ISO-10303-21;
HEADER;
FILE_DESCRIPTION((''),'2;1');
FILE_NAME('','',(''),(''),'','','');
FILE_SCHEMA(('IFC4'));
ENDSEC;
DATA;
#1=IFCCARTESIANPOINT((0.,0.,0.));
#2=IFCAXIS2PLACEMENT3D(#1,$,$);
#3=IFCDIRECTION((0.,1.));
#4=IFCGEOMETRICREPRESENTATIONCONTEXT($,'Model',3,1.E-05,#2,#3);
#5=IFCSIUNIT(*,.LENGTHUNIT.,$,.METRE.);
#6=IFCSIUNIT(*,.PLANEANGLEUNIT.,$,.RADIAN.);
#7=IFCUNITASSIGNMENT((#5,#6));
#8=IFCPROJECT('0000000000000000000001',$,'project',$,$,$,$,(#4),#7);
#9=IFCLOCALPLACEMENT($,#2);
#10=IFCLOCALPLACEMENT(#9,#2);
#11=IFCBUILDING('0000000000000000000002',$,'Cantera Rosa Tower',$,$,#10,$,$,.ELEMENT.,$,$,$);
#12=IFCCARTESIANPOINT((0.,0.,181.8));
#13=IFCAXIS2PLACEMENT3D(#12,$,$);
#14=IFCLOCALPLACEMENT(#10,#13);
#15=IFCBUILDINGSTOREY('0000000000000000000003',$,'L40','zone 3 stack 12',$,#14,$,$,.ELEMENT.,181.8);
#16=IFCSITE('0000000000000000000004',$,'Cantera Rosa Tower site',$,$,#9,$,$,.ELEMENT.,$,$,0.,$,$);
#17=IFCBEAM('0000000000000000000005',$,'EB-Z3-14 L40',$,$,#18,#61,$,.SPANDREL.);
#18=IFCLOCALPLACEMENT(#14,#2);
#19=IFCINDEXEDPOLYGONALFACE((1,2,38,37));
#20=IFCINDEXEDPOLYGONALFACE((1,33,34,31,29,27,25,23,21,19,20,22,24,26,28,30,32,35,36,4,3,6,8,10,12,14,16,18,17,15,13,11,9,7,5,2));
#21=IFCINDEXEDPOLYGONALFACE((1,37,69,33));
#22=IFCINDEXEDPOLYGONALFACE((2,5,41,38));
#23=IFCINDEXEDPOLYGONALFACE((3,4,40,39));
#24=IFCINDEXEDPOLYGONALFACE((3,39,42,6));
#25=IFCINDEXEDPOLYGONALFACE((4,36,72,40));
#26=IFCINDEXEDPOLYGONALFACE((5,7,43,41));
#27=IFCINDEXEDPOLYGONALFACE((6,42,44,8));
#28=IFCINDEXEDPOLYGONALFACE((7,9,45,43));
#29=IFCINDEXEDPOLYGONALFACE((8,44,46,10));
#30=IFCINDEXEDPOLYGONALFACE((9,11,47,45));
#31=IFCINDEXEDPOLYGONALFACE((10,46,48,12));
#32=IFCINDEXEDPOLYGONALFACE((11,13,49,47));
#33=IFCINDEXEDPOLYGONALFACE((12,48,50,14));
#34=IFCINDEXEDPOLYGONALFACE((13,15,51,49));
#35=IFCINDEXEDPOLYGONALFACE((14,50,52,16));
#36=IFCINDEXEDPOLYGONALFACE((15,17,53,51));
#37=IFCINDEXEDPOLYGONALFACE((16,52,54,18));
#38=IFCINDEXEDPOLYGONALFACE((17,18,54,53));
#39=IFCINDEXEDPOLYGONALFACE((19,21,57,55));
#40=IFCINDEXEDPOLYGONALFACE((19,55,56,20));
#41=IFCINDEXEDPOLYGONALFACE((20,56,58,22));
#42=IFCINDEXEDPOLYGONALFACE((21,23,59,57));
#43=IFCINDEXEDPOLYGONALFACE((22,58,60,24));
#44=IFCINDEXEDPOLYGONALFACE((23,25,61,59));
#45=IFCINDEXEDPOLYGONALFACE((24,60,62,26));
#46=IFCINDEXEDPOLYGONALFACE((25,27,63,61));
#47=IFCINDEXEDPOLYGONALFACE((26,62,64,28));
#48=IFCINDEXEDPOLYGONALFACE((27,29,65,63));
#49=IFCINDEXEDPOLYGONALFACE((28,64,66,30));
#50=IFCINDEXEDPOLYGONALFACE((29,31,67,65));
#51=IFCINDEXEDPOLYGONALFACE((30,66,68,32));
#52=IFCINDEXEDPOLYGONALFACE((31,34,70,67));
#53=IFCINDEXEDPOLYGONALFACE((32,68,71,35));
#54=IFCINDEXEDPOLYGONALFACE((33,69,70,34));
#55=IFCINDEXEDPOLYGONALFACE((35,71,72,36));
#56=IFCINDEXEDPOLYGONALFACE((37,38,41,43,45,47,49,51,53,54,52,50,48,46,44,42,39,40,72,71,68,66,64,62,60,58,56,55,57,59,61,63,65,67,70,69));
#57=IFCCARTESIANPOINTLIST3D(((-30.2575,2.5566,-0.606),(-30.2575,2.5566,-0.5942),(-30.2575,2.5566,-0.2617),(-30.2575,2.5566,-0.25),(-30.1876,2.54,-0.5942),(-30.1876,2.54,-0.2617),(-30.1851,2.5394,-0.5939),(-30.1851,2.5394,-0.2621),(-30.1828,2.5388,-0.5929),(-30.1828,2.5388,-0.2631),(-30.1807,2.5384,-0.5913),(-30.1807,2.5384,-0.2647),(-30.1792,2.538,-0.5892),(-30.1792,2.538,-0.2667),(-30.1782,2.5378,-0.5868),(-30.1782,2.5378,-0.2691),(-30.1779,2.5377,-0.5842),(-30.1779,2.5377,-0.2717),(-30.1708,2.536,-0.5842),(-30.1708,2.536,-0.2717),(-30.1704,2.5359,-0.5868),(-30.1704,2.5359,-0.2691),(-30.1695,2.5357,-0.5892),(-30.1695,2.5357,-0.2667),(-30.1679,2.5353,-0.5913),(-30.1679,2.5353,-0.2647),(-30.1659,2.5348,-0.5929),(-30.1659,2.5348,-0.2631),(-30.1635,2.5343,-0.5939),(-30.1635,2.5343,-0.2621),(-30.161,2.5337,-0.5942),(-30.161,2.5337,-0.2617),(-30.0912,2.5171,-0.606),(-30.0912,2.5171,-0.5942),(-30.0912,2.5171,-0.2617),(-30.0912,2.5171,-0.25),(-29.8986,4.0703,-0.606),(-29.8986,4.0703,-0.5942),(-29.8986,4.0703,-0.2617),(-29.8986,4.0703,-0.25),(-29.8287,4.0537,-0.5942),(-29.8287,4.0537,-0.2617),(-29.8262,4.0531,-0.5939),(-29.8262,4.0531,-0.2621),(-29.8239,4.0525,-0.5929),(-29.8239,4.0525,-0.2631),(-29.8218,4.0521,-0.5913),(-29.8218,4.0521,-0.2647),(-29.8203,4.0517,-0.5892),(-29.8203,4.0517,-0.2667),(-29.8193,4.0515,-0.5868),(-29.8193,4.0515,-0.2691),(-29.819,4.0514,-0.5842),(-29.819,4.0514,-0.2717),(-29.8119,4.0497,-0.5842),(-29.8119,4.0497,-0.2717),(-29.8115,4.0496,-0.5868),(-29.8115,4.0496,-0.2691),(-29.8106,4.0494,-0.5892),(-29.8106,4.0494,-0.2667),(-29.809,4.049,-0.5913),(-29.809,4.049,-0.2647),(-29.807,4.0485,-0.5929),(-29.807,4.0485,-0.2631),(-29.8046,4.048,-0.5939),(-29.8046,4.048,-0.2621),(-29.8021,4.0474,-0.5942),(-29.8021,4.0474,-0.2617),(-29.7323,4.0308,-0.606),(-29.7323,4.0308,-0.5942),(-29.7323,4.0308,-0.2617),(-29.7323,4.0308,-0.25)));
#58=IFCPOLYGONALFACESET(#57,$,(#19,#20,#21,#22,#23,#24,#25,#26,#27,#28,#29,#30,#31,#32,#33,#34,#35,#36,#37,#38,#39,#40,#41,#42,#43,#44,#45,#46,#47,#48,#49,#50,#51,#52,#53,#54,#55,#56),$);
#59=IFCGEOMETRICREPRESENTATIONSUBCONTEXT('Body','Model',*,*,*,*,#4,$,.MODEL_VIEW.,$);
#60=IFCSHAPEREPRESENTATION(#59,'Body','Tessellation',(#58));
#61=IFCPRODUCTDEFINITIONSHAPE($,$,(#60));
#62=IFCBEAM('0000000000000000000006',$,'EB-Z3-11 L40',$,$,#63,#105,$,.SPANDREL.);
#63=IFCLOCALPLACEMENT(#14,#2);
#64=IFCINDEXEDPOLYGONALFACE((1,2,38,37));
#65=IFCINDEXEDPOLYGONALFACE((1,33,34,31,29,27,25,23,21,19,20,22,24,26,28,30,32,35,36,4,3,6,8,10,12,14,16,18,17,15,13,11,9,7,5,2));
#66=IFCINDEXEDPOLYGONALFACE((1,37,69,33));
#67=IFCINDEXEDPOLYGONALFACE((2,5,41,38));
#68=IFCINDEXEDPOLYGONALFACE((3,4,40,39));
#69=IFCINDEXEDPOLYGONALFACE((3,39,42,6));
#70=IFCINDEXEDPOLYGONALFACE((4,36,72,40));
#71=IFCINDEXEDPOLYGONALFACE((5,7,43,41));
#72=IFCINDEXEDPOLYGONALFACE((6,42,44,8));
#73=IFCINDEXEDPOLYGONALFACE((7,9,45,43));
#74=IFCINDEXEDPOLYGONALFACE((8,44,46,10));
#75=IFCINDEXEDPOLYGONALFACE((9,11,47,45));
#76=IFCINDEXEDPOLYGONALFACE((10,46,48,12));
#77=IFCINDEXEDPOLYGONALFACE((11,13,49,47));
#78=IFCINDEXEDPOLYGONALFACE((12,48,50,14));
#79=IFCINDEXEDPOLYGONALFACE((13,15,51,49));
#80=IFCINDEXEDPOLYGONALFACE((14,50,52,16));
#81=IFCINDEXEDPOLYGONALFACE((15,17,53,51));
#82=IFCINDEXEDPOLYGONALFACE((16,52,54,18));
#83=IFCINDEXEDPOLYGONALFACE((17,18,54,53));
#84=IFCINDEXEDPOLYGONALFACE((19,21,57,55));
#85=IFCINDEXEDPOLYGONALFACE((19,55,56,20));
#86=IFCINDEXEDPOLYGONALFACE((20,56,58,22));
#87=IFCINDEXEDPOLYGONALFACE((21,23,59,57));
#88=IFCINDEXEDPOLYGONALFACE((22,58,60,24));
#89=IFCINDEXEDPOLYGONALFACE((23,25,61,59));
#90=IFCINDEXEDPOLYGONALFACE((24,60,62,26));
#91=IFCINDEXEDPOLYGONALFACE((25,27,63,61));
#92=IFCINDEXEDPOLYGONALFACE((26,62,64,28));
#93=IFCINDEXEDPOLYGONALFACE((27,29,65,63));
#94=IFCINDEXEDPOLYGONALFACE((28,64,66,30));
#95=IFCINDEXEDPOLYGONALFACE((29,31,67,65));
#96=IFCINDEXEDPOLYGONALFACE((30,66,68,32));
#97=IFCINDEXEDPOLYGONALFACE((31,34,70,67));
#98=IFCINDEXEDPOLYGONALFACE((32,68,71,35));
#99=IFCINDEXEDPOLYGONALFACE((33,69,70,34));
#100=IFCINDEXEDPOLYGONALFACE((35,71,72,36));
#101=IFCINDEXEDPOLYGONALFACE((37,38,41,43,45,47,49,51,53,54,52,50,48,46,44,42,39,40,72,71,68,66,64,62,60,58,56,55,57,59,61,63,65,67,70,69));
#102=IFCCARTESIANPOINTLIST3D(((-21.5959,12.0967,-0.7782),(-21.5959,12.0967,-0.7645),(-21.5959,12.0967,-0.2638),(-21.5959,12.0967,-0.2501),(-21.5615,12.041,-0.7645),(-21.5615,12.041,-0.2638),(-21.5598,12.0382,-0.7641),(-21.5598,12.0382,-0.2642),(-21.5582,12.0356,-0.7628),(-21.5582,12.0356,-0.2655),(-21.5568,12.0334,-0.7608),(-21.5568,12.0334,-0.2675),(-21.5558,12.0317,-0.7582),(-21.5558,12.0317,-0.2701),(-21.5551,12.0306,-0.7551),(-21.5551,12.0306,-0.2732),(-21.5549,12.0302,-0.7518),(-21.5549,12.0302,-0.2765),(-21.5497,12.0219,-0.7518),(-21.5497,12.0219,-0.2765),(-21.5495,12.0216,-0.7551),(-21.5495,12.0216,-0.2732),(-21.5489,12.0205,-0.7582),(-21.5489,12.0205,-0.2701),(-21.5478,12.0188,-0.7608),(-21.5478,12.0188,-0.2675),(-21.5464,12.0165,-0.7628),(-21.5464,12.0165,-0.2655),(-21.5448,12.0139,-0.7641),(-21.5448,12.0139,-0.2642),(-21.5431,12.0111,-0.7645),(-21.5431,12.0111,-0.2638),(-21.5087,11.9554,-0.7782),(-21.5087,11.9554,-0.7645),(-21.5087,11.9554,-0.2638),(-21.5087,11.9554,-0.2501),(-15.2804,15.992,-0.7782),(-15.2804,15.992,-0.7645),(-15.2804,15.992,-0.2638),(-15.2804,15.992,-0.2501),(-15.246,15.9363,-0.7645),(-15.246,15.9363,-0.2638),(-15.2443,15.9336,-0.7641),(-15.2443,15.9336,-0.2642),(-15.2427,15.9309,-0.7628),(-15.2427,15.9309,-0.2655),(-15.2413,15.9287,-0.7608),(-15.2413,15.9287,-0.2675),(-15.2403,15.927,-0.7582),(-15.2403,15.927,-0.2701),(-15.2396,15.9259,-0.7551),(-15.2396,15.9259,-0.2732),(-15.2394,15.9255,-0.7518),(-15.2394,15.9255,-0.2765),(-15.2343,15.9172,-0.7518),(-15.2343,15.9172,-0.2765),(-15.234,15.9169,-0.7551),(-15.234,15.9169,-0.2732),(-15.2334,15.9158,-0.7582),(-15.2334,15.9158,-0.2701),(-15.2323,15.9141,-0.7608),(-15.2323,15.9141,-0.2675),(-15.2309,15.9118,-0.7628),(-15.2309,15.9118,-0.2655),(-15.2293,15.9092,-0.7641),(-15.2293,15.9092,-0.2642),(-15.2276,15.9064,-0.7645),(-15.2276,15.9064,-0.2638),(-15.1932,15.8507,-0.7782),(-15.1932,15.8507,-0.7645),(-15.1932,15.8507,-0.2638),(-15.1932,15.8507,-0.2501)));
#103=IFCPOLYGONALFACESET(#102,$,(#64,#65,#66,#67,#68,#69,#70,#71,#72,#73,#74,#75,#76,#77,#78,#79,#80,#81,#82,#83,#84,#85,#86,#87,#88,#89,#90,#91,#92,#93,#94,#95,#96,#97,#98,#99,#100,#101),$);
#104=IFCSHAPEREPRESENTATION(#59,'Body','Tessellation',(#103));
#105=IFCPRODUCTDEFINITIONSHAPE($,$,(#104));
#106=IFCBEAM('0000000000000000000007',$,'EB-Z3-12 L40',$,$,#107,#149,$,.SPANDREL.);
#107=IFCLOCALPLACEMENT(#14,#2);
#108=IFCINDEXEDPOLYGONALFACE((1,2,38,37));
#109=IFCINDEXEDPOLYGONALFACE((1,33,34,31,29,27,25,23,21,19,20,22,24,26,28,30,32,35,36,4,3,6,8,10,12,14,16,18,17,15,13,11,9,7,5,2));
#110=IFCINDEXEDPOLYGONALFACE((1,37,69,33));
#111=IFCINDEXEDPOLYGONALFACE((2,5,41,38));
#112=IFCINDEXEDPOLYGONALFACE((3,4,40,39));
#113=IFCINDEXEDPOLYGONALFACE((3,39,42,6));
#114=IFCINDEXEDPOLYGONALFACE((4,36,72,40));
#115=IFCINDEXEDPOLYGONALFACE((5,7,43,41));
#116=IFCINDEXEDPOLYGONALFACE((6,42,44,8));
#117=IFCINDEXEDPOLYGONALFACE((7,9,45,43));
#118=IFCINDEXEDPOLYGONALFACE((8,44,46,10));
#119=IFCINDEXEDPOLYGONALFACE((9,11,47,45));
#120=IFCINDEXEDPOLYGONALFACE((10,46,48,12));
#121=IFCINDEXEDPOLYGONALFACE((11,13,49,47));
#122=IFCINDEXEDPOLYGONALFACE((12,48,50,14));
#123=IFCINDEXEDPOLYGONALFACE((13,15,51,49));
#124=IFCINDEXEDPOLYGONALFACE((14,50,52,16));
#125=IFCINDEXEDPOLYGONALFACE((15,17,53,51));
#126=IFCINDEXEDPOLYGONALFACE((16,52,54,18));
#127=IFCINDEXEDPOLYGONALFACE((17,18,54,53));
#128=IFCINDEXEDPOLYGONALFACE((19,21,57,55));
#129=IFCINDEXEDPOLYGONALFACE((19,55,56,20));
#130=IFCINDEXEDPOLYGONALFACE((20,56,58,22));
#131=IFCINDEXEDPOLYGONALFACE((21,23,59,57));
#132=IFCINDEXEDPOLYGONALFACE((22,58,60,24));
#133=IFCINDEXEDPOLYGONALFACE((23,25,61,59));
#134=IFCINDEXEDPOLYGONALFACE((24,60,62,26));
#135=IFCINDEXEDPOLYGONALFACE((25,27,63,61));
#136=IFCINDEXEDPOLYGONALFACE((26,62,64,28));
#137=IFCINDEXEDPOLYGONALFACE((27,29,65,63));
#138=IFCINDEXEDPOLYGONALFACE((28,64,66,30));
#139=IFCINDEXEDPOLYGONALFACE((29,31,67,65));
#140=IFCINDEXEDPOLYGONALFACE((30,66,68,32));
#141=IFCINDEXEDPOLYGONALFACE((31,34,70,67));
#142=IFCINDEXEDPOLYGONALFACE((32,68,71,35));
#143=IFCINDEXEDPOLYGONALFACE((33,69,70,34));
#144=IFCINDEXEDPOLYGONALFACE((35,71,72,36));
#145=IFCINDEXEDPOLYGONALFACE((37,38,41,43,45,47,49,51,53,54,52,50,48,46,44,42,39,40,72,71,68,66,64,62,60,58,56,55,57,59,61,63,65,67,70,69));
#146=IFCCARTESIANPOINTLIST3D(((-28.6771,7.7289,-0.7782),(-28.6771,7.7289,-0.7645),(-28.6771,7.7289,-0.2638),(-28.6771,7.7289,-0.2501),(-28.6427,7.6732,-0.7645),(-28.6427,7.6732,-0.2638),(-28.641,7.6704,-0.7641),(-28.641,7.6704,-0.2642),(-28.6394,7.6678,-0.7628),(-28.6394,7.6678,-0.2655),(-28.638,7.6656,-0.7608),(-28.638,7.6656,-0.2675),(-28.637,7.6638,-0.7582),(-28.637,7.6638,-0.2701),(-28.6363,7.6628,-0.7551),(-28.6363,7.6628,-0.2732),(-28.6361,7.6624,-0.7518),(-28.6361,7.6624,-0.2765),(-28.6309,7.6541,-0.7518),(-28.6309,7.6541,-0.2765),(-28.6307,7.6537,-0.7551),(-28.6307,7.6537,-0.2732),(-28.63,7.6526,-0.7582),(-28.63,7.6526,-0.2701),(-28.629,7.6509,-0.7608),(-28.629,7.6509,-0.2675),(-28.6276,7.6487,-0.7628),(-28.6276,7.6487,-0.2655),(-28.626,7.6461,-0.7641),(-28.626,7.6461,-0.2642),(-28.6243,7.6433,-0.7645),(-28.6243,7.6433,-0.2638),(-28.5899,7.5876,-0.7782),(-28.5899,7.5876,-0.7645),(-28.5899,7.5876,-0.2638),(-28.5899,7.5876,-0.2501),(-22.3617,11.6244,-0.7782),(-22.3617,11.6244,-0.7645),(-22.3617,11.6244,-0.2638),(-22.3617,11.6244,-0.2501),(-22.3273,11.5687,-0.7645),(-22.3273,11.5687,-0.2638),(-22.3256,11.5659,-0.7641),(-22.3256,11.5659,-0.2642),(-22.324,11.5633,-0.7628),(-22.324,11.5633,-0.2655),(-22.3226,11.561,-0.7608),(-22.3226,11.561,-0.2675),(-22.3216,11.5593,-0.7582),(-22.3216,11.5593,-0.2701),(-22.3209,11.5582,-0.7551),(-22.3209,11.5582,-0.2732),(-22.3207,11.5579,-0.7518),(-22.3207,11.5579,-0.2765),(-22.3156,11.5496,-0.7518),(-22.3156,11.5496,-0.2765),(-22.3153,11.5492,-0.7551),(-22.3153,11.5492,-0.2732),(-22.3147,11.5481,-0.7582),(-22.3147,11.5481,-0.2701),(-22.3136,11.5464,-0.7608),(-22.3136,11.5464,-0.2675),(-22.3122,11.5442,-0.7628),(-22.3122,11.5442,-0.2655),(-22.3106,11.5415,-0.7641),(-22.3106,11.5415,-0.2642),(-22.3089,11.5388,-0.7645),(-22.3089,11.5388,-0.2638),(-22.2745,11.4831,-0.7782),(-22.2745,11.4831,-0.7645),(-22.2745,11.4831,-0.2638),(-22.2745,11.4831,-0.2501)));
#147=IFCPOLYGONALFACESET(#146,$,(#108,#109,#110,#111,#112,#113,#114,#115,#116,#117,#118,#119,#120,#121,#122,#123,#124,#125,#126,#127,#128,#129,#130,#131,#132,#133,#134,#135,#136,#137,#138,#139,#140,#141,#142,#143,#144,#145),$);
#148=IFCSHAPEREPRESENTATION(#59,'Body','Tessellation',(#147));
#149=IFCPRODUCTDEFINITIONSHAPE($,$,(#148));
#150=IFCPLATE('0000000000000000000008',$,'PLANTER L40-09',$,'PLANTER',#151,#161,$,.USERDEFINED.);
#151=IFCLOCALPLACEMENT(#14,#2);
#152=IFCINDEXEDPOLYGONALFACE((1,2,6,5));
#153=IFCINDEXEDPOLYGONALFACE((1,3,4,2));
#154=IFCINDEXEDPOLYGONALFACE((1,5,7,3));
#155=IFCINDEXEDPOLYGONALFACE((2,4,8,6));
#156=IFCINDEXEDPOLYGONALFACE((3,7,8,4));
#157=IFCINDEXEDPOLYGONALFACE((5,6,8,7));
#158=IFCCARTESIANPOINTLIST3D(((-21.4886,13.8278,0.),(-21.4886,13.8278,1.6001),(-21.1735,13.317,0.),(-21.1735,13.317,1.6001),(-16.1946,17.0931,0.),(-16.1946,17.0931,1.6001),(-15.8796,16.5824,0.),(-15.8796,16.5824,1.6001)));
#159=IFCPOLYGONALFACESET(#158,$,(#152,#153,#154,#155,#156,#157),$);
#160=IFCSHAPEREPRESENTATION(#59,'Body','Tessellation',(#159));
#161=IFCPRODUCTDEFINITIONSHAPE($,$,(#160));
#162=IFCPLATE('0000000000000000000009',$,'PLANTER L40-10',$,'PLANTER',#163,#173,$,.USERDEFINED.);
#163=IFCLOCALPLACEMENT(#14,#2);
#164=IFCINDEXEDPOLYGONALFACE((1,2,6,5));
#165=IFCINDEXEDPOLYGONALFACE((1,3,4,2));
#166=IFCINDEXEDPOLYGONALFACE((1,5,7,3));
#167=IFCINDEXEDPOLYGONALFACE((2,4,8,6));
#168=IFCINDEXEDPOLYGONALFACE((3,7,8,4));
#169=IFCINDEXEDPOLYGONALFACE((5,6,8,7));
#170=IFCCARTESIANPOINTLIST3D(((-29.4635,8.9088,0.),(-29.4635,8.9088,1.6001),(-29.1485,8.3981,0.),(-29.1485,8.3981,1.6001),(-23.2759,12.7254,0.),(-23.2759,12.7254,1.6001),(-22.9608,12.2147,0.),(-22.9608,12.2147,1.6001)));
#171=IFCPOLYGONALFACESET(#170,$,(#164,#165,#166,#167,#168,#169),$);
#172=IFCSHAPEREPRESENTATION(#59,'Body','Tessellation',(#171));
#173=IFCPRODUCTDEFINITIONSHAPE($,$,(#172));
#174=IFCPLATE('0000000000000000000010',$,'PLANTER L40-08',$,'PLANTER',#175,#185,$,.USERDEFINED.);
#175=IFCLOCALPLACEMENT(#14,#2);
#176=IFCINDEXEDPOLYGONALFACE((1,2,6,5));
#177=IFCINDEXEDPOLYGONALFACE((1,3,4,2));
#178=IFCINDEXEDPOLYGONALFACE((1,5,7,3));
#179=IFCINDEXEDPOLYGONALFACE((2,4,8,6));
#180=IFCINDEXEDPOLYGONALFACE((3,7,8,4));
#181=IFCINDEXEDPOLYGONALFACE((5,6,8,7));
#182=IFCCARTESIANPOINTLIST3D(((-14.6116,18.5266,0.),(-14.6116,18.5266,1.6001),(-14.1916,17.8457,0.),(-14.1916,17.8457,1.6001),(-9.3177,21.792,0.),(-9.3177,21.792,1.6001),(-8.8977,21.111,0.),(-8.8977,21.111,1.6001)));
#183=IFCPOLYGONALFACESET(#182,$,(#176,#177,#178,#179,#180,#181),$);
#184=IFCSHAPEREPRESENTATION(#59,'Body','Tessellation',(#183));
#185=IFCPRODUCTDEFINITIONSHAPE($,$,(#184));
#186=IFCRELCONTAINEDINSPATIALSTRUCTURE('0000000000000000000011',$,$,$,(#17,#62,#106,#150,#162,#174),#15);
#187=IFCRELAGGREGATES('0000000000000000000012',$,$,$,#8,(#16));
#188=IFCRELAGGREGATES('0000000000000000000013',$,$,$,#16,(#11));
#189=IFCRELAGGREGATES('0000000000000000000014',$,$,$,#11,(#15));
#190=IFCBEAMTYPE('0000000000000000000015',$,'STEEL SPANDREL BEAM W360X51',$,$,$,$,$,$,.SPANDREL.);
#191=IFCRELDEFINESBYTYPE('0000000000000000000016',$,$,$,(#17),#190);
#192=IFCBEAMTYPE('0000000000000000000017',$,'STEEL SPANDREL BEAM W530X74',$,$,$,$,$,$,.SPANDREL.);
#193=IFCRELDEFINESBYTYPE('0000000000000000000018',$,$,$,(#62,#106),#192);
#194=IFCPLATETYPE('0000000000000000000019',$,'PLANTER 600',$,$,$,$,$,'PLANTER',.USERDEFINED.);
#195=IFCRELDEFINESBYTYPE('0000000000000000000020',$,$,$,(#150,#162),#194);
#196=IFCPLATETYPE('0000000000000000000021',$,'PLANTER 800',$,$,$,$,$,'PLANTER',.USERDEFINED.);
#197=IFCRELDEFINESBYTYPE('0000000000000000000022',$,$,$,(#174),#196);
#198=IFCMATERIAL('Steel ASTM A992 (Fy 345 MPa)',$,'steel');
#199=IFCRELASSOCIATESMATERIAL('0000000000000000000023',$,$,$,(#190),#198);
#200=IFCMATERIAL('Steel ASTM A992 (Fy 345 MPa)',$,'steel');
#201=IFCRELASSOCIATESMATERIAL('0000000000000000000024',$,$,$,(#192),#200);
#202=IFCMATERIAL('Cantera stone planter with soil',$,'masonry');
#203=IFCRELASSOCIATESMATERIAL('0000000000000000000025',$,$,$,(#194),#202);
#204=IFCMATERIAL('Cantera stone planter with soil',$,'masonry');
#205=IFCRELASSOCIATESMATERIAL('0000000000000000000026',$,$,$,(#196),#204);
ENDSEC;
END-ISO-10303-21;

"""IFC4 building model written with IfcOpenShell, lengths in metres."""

from ifc_helpers import new_model, si_unit, direction, frame, origin, origin_2d, place, context, subcontext, project, spatial, rectangle, i_section, extrude, material, material_profile, profile_set, type_object, element, save


model = new_model("IFC4")

# Units and contexts
model_context = context("Model", 3, precision=1e-05, world=origin(), true_north=direction((0.0, 1.0)))
body_context = subcontext(model_context, "Body", "Model", "MODEL_VIEW")
ifc_project = project(units=[si_unit("LENGTHUNIT", "METRE"), si_unit("PLANEANGLEUNIT", "RADIAN")], contexts=[model_context])

# Site, building, storey
site_placement = place(None, origin())
site = spatial("IfcSite", under=ifc_project, at=site_placement, Name="Cantera Rosa Tower site", CompositionType="ELEMENT", RefElevation=0.0)
building_placement = place(site_placement, origin())
building = spatial("IfcBuilding", under=site, at=building_placement, Name="Cantera Rosa Tower", CompositionType="ELEMENT")
storey_placement = place(building_placement, frame((0.0, 0.0, 181.8)))
storey = spatial("IfcBuildingStorey", under=building, at=storey_placement, Name="L40", Description="zone 3 stack 12", CompositionType="ELEMENT", Elevation=181.8)

# Beams
ifc_material_1 = material(Name="Steel ASTM A992 (Fy 345 MPa)", Category="steel")
ifc_material_profile_1 = material_profile(ifc_material_1, i_section(OverallWidth=0.1709, OverallDepth=0.356, WebThickness=0.0073, FlangeThickness=0.0117, FilletRadius=0.01, at=origin_2d()), Name="W360X51")
ifc_profile_set_1 = profile_set([ifc_material_profile_1], Name="Steel ASTM A992 (Fy 345 MPa)")
beam_type_1 = type_object("IfcBeamType", Name="STEEL SPANDREL BEAM W360X51", PredefinedType="SPANDREL", material=ifc_profile_set_1)
for number, where, z_axis, x_axis, name in (
    (1, (-29.8154, 4.0505, -0.428), (-0.230701, -0.973025, 0.0), (0.973025, -0.230701, 0.0), "EB-Z3-14 L40"),
):
    element("IfcBeam", number, at=place(storey_placement, frame(where, z_axis=z_axis, x_axis=x_axis)), inside=storey, type_object=beam_type_1, Name=name, PredefinedType="SPANDREL", context=body_context, shape_type="SweptSolid", body=[
        extrude(i_section(OverallWidth=0.1709, OverallDepth=0.356, WebThickness=0.0073, FlangeThickness=0.0117, FilletRadius=0.01, at=origin_2d()), origin(), (0.0, 0.0, 1.0), 1.5557),
    ])
ifc_material_2 = material(Name="Steel ASTM A992 (Fy 345 MPa)", Category="steel")
ifc_material_profile_2 = material_profile(ifc_material_2, i_section(OverallWidth=0.166, OverallDepth=0.5281, WebThickness=0.0098, FlangeThickness=0.0137, FilletRadius=0.0127, at=origin_2d()), Name="W530X74")
ifc_profile_set_2 = profile_set([ifc_material_profile_2], Name="Steel ASTM A992 (Fy 345 MPa)")
beam_type_2 = type_object("IfcBeamType", Name="STEEL SPANDREL BEAM W530X74", PredefinedType="SPANDREL", material=ifc_profile_set_2)
for number, where, z_axis, x_axis, name in (
    (2, (-15.2368, 15.9214, -0.5142), (-0.851126, -0.524962, 0.0), (0.524962, -0.851126, 0.0), "EB-Z3-11 L40"),
    (3, (-22.3181, 11.5537, -0.5142), (-0.851111, -0.524986, 0.0), (0.524986, -0.851111, 0.0), "EB-Z3-12 L40"),
):
    element("IfcBeam", number, at=place(storey_placement, frame(where, z_axis=z_axis, x_axis=x_axis)), inside=storey, type_object=beam_type_2, Name=name, PredefinedType="SPANDREL", context=body_context, shape_type="SweptSolid", body=[
        extrude(i_section(OverallWidth=0.166, OverallDepth=0.5281, WebThickness=0.0098, FlangeThickness=0.0137, FilletRadius=0.0127, at=origin_2d()), origin(), (0.0, 0.0, 1.0), 7.4202),
    ])

# Plates
ifc_material_3 = material(Name="Cantera stone planter with soil", Category="masonry")
plate_type_1 = type_object("IfcPlateType", Name="PLANTER 600", ElementType="PLANTER", PredefinedType="USERDEFINED", material=ifc_material_3)
plate_1_placement = place(storey_placement, frame((-18.6841, 15.2051, 0.0), z_axis=(0.0, 0.0, 1.0), x_axis=(-0.851117, -0.524977, 0.0)))
element("IfcPlate", 4, at=plate_1_placement, inside=storey, type_object=plate_type_1, Name="PLANTER L40-09", ObjectType="PLANTER", PredefinedType="USERDEFINED", context=body_context, shape_type="SweptSolid", body=[
    extrude(rectangle(XDim=6.22, YDim=0.6001, at=origin_2d()), origin(), (0.0, 0.0, 1.0), 1.6001),
])
plate_2_placement = place(storey_placement, frame((-26.2122, 10.5618, 0.0), z_axis=(0.0, 0.0, 1.0), x_axis=(-0.851117, -0.524977, 0.0)))
element("IfcPlate", 5, at=plate_2_placement, inside=storey, type_object=plate_type_1, Name="PLANTER L40-10", ObjectType="PLANTER", PredefinedType="USERDEFINED", context=body_context, shape_type="SweptSolid", body=[
    extrude(rectangle(XDim=7.27, YDim=0.6001, at=origin_2d()), origin(), (0.0, 0.0, 1.0), 1.6001),
])
ifc_material_4 = material(Name="Cantera stone planter with soil", Category="masonry")
plate_type_2 = type_object("IfcPlateType", Name="PLANTER 800", ElementType="PLANTER", PredefinedType="USERDEFINED", material=ifc_material_4)
plate_3_placement = place(storey_placement, frame((-11.7546, 19.8188, 0.0), z_axis=(0.0, 0.0, 1.0), x_axis=(-0.851117, -0.524977, 0.0)))
element("IfcPlate", 6, at=plate_3_placement, inside=storey, type_object=plate_type_2, Name="PLANTER L40-08", ObjectType="PLANTER", PredefinedType="USERDEFINED", context=body_context, shape_type="SweptSolid", body=[
    extrude(rectangle(XDim=6.22, YDim=0.8, at=origin_2d()), origin(), (0.0, 0.0, 1.0), 1.6001),
])

save(model, "model.ifc")
